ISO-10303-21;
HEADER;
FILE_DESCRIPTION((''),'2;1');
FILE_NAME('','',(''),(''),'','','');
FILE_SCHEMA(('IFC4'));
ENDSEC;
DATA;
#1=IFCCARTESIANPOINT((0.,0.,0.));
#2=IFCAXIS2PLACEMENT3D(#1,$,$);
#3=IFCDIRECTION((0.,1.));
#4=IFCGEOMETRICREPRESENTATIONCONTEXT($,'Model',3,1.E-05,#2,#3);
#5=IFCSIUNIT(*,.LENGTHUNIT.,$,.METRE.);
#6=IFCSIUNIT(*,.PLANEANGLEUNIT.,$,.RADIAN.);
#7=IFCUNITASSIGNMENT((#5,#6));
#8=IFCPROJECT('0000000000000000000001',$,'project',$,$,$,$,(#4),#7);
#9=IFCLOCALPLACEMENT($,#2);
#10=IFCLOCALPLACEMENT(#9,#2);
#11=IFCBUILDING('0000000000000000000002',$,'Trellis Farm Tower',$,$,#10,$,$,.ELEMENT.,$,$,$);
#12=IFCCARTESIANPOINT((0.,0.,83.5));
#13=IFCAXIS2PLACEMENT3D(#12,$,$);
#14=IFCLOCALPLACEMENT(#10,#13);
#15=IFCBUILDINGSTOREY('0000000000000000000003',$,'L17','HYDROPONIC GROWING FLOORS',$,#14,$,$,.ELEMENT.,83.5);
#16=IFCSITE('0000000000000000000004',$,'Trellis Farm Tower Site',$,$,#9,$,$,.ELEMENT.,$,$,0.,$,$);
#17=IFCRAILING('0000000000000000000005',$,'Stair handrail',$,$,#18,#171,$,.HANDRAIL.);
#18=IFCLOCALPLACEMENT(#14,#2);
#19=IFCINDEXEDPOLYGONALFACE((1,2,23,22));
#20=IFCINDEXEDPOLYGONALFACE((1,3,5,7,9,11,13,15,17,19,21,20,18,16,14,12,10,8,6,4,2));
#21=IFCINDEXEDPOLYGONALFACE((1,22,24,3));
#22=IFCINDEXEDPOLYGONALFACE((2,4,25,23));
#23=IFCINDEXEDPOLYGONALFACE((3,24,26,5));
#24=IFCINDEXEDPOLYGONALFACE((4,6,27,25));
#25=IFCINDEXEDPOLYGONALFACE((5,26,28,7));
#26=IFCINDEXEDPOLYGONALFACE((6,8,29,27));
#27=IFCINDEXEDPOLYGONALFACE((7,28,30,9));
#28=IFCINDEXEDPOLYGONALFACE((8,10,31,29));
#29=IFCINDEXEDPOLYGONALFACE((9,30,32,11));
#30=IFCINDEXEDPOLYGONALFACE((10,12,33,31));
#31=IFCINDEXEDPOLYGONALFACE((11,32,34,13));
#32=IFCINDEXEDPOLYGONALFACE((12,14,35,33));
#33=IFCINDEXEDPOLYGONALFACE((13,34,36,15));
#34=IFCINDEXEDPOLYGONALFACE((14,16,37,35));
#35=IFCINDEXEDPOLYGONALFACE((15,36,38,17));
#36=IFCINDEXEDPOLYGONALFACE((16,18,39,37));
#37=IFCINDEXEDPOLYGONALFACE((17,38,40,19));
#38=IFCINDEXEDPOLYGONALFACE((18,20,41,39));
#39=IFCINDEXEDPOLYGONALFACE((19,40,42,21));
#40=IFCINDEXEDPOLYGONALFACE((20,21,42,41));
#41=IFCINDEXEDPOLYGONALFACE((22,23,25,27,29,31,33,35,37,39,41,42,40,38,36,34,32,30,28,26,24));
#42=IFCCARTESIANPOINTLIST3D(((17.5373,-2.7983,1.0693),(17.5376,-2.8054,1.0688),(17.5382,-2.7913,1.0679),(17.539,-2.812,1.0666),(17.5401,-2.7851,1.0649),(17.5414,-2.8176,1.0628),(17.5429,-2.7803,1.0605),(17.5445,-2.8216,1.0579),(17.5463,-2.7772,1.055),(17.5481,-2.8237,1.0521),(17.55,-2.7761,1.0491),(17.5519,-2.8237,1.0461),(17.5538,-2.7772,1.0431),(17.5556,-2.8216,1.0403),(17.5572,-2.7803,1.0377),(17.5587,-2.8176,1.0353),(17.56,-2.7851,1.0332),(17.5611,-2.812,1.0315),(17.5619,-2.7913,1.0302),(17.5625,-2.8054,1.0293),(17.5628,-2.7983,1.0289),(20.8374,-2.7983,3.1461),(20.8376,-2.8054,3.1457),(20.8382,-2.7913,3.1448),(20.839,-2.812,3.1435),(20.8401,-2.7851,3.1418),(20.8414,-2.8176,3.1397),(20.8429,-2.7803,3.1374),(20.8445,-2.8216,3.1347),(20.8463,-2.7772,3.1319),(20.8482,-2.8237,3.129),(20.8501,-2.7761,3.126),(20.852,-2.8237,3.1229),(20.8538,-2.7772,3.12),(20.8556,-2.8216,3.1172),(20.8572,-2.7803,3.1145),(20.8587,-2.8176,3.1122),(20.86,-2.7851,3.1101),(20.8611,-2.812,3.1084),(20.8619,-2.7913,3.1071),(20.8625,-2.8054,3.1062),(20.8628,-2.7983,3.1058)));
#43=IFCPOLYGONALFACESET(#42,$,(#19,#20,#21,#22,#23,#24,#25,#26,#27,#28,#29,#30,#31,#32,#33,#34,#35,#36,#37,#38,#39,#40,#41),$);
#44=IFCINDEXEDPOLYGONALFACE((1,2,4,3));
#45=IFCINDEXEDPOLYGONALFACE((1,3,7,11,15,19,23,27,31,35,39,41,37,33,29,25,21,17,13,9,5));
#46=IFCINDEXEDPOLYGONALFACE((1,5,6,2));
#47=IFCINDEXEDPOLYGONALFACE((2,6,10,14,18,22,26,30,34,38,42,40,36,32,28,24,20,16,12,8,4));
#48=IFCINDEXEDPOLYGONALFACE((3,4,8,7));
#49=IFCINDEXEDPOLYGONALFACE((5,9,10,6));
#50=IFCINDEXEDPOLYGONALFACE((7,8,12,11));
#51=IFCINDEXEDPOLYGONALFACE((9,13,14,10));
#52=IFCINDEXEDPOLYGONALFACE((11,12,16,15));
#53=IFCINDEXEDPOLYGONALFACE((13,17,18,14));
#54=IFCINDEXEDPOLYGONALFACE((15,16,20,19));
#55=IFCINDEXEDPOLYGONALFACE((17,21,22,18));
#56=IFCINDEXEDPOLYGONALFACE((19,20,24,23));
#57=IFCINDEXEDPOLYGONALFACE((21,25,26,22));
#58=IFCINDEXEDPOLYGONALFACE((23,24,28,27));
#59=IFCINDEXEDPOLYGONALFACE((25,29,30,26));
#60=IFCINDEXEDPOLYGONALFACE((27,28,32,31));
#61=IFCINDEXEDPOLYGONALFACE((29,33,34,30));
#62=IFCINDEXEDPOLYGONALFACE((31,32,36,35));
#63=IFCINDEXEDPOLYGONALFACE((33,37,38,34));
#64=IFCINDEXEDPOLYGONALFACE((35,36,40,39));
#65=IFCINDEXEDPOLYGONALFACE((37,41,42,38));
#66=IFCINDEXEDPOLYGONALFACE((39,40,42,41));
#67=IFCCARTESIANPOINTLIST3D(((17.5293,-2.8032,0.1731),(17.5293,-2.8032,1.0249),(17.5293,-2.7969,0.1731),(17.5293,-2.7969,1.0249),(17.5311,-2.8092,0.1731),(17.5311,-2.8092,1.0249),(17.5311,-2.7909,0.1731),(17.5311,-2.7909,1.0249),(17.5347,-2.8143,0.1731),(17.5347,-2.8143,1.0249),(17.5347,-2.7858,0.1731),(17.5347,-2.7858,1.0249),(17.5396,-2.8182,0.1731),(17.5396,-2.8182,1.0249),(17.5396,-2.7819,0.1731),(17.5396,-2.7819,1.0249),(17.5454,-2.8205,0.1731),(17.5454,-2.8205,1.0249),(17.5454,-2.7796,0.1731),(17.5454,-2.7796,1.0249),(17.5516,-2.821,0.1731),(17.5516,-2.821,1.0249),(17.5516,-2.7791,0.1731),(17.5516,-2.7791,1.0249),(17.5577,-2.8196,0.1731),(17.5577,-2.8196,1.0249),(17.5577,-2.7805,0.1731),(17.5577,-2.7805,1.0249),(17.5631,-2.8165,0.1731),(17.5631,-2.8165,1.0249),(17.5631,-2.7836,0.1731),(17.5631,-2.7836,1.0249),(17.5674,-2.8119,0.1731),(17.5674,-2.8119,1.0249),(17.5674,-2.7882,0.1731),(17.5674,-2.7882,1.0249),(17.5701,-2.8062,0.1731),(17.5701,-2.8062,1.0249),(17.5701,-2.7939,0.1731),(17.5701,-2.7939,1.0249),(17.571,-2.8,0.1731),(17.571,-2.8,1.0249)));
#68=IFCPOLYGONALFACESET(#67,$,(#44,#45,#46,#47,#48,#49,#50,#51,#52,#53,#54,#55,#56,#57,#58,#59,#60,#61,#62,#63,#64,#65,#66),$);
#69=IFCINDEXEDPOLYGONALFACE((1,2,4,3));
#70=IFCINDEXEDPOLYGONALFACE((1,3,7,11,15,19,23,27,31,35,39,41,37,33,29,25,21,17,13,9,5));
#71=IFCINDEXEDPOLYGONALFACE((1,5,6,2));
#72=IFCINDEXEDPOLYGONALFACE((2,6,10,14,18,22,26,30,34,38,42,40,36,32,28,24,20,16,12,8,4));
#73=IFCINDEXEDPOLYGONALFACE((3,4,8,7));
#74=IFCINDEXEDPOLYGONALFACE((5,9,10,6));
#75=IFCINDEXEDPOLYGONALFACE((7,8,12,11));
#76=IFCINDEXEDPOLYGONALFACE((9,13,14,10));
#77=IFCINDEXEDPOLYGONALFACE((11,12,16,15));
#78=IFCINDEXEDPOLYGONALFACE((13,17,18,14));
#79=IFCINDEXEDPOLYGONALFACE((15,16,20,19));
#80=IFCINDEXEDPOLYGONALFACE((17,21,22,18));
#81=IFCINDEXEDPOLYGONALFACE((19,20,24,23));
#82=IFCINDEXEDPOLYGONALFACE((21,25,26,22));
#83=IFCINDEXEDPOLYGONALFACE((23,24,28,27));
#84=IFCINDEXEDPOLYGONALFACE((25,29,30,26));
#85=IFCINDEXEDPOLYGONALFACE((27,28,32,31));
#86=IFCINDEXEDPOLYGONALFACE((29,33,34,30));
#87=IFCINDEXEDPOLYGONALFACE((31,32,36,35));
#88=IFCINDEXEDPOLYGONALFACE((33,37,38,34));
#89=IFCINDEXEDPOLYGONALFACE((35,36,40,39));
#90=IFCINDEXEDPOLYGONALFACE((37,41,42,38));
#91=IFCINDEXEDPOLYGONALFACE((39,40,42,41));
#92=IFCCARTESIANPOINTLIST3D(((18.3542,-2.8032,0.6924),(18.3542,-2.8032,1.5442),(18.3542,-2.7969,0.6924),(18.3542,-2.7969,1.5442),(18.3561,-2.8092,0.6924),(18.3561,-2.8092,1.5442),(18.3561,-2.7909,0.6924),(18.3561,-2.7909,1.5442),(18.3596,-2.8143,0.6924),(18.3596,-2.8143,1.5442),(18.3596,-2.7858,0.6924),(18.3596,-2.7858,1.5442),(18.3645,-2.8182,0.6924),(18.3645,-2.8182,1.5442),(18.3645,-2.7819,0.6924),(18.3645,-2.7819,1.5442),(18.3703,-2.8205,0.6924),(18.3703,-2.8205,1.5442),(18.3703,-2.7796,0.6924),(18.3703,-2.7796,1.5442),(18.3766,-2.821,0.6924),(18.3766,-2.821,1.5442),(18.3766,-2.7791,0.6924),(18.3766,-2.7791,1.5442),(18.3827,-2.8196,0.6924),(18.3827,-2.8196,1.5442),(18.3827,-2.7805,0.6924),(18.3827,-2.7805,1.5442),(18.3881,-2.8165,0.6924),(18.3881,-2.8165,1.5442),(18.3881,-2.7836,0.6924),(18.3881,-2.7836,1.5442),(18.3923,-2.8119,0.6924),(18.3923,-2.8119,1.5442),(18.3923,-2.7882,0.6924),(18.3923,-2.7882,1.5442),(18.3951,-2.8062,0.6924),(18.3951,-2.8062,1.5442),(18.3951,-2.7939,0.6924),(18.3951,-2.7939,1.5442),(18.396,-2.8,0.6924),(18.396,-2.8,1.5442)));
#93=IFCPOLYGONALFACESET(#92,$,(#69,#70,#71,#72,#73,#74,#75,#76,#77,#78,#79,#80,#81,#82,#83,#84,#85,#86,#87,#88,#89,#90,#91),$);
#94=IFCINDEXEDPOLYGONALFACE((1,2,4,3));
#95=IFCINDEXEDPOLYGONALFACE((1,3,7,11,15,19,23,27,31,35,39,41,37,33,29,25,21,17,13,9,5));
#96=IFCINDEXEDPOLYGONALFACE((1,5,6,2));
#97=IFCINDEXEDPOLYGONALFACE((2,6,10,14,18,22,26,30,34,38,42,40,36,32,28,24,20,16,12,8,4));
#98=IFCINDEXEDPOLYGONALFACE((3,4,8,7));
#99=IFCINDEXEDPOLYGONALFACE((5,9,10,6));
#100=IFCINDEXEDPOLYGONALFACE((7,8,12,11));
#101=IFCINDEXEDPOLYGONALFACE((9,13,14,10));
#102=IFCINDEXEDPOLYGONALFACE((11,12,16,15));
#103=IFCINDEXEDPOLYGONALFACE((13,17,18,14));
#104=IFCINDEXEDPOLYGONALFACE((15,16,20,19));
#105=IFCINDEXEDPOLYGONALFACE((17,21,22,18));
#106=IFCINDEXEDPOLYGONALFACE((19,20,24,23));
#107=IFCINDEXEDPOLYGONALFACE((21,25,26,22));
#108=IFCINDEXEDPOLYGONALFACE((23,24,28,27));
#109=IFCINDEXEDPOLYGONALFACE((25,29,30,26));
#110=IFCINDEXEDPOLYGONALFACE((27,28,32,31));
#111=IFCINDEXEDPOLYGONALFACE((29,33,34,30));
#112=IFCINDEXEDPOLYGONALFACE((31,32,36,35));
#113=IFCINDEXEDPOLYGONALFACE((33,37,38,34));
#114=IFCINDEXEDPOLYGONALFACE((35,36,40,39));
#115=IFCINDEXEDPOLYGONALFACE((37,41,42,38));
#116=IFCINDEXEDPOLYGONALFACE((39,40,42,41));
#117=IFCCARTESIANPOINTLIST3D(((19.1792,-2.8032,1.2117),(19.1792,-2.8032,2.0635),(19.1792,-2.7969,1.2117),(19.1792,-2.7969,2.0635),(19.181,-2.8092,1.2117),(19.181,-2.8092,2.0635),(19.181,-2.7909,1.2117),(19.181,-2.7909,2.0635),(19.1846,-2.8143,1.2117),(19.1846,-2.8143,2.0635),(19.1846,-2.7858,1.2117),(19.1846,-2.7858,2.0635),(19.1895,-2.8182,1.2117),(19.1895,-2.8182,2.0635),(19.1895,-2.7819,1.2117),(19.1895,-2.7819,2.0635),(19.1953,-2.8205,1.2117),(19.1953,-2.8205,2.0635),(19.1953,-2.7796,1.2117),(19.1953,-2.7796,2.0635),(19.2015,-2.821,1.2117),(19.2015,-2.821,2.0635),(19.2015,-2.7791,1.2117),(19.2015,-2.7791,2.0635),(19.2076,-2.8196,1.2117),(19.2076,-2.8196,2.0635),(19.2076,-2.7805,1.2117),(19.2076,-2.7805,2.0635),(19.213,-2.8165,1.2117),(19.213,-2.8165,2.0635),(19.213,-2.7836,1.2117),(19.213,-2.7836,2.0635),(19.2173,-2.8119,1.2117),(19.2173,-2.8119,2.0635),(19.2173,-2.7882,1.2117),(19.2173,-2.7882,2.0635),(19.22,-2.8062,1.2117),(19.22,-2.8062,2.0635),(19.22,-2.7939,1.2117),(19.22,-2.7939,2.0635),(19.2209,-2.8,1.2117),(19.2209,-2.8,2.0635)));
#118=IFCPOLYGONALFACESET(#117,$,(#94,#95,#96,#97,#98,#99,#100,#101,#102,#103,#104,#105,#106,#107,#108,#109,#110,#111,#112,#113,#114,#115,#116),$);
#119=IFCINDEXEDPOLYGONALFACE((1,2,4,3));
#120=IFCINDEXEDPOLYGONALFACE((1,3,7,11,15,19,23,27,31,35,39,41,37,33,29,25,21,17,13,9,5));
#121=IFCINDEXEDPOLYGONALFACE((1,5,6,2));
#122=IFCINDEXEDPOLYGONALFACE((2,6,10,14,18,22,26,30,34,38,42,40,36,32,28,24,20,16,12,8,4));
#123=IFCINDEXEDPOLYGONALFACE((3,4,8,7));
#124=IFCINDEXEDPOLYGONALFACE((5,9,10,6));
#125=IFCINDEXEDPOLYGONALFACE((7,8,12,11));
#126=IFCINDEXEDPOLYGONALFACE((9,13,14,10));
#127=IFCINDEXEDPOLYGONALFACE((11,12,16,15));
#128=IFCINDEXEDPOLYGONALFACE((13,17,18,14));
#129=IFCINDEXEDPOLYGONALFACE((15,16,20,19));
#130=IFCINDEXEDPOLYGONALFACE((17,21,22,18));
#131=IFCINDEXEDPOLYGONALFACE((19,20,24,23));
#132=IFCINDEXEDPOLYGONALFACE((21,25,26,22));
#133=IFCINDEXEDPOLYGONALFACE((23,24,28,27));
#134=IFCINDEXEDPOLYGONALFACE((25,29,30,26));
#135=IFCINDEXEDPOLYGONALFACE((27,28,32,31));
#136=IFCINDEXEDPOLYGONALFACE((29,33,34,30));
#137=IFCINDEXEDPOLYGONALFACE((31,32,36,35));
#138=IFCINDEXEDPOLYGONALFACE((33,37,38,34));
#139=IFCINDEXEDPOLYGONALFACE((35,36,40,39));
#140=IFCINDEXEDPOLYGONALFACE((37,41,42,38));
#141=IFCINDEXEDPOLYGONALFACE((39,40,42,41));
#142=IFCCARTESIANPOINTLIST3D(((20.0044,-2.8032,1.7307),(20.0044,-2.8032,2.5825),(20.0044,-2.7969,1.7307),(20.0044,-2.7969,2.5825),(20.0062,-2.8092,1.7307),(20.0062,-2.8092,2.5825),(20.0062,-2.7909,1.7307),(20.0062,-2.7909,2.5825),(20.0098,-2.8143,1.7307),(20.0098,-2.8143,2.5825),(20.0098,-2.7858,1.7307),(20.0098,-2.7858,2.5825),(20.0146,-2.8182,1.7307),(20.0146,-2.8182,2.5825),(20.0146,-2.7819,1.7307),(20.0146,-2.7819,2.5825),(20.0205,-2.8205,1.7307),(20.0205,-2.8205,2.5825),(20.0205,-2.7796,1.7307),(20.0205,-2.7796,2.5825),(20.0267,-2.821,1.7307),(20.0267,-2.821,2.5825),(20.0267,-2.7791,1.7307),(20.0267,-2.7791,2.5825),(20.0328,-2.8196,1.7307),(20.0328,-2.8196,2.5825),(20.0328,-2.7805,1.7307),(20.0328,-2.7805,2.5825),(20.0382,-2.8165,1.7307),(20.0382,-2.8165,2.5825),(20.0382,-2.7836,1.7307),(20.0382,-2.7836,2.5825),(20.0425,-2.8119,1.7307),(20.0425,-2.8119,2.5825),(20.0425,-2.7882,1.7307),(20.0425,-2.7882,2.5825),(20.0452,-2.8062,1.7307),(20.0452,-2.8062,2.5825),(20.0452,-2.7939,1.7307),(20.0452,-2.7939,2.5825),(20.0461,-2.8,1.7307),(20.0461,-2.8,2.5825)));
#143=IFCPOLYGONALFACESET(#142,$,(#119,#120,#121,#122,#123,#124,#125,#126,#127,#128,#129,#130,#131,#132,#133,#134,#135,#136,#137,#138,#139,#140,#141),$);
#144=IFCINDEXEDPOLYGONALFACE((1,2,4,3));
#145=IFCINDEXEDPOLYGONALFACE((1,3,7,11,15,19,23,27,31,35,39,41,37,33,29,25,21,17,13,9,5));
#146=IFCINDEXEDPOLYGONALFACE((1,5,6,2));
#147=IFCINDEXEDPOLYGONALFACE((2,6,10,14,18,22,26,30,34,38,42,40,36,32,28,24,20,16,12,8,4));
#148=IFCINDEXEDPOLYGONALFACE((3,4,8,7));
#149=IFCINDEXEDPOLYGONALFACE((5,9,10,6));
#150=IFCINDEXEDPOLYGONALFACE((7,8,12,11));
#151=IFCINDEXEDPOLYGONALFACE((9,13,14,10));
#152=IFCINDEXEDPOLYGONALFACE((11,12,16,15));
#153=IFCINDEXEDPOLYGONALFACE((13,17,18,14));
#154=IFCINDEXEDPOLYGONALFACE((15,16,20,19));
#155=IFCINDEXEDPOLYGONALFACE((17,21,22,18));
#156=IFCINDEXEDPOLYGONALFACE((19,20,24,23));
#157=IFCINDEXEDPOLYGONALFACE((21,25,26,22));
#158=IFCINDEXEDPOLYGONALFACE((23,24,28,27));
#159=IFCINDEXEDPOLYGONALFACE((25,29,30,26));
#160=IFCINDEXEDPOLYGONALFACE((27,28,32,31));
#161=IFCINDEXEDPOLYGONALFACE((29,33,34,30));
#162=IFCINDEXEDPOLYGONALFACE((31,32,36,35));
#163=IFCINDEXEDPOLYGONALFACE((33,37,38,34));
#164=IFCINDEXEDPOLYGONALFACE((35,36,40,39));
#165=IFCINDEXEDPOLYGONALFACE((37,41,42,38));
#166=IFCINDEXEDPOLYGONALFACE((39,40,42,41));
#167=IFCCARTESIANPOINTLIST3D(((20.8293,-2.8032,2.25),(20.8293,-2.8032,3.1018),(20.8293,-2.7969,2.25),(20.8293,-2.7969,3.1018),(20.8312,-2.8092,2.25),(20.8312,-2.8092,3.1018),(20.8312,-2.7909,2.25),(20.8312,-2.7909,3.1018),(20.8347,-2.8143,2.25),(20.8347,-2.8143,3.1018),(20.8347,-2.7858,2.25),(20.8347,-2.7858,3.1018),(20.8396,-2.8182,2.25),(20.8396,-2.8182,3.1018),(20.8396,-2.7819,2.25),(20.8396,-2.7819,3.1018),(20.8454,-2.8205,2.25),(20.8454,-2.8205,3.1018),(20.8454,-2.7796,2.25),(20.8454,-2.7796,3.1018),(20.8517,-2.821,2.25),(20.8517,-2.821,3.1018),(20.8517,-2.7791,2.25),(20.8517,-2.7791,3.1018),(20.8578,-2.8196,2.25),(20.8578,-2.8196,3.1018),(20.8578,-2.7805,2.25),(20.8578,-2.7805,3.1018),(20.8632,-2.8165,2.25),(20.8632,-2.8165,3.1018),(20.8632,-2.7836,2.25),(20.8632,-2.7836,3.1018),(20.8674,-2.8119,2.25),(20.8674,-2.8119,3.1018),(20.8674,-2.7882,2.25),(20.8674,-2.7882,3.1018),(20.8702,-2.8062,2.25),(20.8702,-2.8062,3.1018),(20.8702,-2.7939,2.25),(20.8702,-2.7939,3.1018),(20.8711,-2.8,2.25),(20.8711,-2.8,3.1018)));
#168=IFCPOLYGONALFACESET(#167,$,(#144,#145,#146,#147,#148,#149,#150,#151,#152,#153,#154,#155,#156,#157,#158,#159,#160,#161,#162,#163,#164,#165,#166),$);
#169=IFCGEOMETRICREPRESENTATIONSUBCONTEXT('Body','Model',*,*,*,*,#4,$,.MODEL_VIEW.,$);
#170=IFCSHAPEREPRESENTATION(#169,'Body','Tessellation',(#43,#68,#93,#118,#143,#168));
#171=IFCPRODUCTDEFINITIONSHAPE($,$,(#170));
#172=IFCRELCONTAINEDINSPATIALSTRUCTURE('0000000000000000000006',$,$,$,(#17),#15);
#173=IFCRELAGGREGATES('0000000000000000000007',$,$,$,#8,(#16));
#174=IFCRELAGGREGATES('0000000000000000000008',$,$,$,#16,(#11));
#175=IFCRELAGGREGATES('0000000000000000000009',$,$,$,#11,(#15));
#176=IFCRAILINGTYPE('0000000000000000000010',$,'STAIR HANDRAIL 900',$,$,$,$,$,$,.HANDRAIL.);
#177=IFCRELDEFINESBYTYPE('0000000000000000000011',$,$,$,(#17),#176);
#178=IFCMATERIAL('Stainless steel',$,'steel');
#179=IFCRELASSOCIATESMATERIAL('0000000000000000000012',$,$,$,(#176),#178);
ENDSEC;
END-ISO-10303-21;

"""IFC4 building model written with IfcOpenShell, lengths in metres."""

from ifc_helpers import new_model, si_unit, direction, frame, origin, origin_2d, place, context, subcontext, project, spatial, circle, extrude, source, transform, mapped, material, type_object, element, save


model = new_model("IFC4")

# Units and contexts
model_context = context("Model", 3, precision=1e-05, world=origin(), true_north=direction((0.0, 1.0)))
body_context = subcontext(model_context, "Body", "Model", "MODEL_VIEW")
ifc_project = project(units=[si_unit("LENGTHUNIT", "METRE"), si_unit("PLANEANGLEUNIT", "RADIAN")], contexts=[model_context])

# Site, building, storey
site_placement = place(None, origin())
site = spatial("IfcSite", under=ifc_project, at=site_placement, Name="Trellis Farm Tower Site", CompositionType="ELEMENT", RefElevation=0.0)
building_placement = place(site_placement, origin())
building = spatial("IfcBuilding", under=site, at=building_placement, Name="Trellis Farm Tower", CompositionType="ELEMENT")
storey_placement = place(building_placement, frame((0.0, 0.0, 83.5)))
storey = spatial("IfcBuildingStorey", under=building, at=storey_placement, Name="L17", Description="HYDROPONIC GROWING FLOORS", CompositionType="ELEMENT", Elevation=83.5)

# Shared definitions
ifc_material_1 = material(Name="Stainless steel", Category="steel")

# Railing
railing_type = type_object("IfcRailingType", Name="STAIR HANDRAIL 900", PredefinedType="HANDRAIL", material=ifc_material_1)
shared_shape_1 = source(origin(), body_context, "Body", "SweptSolid", [
    extrude(circle(Radius=0.0239, at=origin_2d()), frame((0.0, 0.0, 0.876), z_axis=(0.846337, 0.0, 0.532647), x_axis=(0.0, 1.0, 0.0)), (0.0, 0.0, 1.0), 3.8992),
    extrude(circle(Radius=0.021, at=origin_2d()), origin(), (0.0, 0.0, 1.0), 0.8518),
    extrude(circle(Radius=0.021, at=origin_2d()), frame((0.825, 0.0, 0.5193)), (0.0, 0.0, 1.0), 0.8518),
    extrude(circle(Radius=0.021, at=origin_2d()), frame((1.6499, 0.0, 1.0386)), (0.0, 0.0, 1.0), 0.8518),
    extrude(circle(Radius=0.021, at=origin_2d()), frame((2.4751, 0.0, 1.5576)), (0.0, 0.0, 1.0), 0.8518),
    extrude(circle(Radius=0.021, at=origin_2d()), frame((3.3, 0.0, 2.0769)), (0.0, 0.0, 1.0), 0.8518),
])
railing_placement = place(storey_placement, frame((17.55, -2.8, 0.1731)))
element("IfcRailing", 1, at=railing_placement, inside=storey, type_object=railing_type, Name="Stair handrail", PredefinedType="HANDRAIL", context=body_context, shape_type="MappedRepresentation", body=[
    mapped(shared_shape_1, transform((0.0, 0.0, 0.0))),
])

save(model, "model.ifc")
